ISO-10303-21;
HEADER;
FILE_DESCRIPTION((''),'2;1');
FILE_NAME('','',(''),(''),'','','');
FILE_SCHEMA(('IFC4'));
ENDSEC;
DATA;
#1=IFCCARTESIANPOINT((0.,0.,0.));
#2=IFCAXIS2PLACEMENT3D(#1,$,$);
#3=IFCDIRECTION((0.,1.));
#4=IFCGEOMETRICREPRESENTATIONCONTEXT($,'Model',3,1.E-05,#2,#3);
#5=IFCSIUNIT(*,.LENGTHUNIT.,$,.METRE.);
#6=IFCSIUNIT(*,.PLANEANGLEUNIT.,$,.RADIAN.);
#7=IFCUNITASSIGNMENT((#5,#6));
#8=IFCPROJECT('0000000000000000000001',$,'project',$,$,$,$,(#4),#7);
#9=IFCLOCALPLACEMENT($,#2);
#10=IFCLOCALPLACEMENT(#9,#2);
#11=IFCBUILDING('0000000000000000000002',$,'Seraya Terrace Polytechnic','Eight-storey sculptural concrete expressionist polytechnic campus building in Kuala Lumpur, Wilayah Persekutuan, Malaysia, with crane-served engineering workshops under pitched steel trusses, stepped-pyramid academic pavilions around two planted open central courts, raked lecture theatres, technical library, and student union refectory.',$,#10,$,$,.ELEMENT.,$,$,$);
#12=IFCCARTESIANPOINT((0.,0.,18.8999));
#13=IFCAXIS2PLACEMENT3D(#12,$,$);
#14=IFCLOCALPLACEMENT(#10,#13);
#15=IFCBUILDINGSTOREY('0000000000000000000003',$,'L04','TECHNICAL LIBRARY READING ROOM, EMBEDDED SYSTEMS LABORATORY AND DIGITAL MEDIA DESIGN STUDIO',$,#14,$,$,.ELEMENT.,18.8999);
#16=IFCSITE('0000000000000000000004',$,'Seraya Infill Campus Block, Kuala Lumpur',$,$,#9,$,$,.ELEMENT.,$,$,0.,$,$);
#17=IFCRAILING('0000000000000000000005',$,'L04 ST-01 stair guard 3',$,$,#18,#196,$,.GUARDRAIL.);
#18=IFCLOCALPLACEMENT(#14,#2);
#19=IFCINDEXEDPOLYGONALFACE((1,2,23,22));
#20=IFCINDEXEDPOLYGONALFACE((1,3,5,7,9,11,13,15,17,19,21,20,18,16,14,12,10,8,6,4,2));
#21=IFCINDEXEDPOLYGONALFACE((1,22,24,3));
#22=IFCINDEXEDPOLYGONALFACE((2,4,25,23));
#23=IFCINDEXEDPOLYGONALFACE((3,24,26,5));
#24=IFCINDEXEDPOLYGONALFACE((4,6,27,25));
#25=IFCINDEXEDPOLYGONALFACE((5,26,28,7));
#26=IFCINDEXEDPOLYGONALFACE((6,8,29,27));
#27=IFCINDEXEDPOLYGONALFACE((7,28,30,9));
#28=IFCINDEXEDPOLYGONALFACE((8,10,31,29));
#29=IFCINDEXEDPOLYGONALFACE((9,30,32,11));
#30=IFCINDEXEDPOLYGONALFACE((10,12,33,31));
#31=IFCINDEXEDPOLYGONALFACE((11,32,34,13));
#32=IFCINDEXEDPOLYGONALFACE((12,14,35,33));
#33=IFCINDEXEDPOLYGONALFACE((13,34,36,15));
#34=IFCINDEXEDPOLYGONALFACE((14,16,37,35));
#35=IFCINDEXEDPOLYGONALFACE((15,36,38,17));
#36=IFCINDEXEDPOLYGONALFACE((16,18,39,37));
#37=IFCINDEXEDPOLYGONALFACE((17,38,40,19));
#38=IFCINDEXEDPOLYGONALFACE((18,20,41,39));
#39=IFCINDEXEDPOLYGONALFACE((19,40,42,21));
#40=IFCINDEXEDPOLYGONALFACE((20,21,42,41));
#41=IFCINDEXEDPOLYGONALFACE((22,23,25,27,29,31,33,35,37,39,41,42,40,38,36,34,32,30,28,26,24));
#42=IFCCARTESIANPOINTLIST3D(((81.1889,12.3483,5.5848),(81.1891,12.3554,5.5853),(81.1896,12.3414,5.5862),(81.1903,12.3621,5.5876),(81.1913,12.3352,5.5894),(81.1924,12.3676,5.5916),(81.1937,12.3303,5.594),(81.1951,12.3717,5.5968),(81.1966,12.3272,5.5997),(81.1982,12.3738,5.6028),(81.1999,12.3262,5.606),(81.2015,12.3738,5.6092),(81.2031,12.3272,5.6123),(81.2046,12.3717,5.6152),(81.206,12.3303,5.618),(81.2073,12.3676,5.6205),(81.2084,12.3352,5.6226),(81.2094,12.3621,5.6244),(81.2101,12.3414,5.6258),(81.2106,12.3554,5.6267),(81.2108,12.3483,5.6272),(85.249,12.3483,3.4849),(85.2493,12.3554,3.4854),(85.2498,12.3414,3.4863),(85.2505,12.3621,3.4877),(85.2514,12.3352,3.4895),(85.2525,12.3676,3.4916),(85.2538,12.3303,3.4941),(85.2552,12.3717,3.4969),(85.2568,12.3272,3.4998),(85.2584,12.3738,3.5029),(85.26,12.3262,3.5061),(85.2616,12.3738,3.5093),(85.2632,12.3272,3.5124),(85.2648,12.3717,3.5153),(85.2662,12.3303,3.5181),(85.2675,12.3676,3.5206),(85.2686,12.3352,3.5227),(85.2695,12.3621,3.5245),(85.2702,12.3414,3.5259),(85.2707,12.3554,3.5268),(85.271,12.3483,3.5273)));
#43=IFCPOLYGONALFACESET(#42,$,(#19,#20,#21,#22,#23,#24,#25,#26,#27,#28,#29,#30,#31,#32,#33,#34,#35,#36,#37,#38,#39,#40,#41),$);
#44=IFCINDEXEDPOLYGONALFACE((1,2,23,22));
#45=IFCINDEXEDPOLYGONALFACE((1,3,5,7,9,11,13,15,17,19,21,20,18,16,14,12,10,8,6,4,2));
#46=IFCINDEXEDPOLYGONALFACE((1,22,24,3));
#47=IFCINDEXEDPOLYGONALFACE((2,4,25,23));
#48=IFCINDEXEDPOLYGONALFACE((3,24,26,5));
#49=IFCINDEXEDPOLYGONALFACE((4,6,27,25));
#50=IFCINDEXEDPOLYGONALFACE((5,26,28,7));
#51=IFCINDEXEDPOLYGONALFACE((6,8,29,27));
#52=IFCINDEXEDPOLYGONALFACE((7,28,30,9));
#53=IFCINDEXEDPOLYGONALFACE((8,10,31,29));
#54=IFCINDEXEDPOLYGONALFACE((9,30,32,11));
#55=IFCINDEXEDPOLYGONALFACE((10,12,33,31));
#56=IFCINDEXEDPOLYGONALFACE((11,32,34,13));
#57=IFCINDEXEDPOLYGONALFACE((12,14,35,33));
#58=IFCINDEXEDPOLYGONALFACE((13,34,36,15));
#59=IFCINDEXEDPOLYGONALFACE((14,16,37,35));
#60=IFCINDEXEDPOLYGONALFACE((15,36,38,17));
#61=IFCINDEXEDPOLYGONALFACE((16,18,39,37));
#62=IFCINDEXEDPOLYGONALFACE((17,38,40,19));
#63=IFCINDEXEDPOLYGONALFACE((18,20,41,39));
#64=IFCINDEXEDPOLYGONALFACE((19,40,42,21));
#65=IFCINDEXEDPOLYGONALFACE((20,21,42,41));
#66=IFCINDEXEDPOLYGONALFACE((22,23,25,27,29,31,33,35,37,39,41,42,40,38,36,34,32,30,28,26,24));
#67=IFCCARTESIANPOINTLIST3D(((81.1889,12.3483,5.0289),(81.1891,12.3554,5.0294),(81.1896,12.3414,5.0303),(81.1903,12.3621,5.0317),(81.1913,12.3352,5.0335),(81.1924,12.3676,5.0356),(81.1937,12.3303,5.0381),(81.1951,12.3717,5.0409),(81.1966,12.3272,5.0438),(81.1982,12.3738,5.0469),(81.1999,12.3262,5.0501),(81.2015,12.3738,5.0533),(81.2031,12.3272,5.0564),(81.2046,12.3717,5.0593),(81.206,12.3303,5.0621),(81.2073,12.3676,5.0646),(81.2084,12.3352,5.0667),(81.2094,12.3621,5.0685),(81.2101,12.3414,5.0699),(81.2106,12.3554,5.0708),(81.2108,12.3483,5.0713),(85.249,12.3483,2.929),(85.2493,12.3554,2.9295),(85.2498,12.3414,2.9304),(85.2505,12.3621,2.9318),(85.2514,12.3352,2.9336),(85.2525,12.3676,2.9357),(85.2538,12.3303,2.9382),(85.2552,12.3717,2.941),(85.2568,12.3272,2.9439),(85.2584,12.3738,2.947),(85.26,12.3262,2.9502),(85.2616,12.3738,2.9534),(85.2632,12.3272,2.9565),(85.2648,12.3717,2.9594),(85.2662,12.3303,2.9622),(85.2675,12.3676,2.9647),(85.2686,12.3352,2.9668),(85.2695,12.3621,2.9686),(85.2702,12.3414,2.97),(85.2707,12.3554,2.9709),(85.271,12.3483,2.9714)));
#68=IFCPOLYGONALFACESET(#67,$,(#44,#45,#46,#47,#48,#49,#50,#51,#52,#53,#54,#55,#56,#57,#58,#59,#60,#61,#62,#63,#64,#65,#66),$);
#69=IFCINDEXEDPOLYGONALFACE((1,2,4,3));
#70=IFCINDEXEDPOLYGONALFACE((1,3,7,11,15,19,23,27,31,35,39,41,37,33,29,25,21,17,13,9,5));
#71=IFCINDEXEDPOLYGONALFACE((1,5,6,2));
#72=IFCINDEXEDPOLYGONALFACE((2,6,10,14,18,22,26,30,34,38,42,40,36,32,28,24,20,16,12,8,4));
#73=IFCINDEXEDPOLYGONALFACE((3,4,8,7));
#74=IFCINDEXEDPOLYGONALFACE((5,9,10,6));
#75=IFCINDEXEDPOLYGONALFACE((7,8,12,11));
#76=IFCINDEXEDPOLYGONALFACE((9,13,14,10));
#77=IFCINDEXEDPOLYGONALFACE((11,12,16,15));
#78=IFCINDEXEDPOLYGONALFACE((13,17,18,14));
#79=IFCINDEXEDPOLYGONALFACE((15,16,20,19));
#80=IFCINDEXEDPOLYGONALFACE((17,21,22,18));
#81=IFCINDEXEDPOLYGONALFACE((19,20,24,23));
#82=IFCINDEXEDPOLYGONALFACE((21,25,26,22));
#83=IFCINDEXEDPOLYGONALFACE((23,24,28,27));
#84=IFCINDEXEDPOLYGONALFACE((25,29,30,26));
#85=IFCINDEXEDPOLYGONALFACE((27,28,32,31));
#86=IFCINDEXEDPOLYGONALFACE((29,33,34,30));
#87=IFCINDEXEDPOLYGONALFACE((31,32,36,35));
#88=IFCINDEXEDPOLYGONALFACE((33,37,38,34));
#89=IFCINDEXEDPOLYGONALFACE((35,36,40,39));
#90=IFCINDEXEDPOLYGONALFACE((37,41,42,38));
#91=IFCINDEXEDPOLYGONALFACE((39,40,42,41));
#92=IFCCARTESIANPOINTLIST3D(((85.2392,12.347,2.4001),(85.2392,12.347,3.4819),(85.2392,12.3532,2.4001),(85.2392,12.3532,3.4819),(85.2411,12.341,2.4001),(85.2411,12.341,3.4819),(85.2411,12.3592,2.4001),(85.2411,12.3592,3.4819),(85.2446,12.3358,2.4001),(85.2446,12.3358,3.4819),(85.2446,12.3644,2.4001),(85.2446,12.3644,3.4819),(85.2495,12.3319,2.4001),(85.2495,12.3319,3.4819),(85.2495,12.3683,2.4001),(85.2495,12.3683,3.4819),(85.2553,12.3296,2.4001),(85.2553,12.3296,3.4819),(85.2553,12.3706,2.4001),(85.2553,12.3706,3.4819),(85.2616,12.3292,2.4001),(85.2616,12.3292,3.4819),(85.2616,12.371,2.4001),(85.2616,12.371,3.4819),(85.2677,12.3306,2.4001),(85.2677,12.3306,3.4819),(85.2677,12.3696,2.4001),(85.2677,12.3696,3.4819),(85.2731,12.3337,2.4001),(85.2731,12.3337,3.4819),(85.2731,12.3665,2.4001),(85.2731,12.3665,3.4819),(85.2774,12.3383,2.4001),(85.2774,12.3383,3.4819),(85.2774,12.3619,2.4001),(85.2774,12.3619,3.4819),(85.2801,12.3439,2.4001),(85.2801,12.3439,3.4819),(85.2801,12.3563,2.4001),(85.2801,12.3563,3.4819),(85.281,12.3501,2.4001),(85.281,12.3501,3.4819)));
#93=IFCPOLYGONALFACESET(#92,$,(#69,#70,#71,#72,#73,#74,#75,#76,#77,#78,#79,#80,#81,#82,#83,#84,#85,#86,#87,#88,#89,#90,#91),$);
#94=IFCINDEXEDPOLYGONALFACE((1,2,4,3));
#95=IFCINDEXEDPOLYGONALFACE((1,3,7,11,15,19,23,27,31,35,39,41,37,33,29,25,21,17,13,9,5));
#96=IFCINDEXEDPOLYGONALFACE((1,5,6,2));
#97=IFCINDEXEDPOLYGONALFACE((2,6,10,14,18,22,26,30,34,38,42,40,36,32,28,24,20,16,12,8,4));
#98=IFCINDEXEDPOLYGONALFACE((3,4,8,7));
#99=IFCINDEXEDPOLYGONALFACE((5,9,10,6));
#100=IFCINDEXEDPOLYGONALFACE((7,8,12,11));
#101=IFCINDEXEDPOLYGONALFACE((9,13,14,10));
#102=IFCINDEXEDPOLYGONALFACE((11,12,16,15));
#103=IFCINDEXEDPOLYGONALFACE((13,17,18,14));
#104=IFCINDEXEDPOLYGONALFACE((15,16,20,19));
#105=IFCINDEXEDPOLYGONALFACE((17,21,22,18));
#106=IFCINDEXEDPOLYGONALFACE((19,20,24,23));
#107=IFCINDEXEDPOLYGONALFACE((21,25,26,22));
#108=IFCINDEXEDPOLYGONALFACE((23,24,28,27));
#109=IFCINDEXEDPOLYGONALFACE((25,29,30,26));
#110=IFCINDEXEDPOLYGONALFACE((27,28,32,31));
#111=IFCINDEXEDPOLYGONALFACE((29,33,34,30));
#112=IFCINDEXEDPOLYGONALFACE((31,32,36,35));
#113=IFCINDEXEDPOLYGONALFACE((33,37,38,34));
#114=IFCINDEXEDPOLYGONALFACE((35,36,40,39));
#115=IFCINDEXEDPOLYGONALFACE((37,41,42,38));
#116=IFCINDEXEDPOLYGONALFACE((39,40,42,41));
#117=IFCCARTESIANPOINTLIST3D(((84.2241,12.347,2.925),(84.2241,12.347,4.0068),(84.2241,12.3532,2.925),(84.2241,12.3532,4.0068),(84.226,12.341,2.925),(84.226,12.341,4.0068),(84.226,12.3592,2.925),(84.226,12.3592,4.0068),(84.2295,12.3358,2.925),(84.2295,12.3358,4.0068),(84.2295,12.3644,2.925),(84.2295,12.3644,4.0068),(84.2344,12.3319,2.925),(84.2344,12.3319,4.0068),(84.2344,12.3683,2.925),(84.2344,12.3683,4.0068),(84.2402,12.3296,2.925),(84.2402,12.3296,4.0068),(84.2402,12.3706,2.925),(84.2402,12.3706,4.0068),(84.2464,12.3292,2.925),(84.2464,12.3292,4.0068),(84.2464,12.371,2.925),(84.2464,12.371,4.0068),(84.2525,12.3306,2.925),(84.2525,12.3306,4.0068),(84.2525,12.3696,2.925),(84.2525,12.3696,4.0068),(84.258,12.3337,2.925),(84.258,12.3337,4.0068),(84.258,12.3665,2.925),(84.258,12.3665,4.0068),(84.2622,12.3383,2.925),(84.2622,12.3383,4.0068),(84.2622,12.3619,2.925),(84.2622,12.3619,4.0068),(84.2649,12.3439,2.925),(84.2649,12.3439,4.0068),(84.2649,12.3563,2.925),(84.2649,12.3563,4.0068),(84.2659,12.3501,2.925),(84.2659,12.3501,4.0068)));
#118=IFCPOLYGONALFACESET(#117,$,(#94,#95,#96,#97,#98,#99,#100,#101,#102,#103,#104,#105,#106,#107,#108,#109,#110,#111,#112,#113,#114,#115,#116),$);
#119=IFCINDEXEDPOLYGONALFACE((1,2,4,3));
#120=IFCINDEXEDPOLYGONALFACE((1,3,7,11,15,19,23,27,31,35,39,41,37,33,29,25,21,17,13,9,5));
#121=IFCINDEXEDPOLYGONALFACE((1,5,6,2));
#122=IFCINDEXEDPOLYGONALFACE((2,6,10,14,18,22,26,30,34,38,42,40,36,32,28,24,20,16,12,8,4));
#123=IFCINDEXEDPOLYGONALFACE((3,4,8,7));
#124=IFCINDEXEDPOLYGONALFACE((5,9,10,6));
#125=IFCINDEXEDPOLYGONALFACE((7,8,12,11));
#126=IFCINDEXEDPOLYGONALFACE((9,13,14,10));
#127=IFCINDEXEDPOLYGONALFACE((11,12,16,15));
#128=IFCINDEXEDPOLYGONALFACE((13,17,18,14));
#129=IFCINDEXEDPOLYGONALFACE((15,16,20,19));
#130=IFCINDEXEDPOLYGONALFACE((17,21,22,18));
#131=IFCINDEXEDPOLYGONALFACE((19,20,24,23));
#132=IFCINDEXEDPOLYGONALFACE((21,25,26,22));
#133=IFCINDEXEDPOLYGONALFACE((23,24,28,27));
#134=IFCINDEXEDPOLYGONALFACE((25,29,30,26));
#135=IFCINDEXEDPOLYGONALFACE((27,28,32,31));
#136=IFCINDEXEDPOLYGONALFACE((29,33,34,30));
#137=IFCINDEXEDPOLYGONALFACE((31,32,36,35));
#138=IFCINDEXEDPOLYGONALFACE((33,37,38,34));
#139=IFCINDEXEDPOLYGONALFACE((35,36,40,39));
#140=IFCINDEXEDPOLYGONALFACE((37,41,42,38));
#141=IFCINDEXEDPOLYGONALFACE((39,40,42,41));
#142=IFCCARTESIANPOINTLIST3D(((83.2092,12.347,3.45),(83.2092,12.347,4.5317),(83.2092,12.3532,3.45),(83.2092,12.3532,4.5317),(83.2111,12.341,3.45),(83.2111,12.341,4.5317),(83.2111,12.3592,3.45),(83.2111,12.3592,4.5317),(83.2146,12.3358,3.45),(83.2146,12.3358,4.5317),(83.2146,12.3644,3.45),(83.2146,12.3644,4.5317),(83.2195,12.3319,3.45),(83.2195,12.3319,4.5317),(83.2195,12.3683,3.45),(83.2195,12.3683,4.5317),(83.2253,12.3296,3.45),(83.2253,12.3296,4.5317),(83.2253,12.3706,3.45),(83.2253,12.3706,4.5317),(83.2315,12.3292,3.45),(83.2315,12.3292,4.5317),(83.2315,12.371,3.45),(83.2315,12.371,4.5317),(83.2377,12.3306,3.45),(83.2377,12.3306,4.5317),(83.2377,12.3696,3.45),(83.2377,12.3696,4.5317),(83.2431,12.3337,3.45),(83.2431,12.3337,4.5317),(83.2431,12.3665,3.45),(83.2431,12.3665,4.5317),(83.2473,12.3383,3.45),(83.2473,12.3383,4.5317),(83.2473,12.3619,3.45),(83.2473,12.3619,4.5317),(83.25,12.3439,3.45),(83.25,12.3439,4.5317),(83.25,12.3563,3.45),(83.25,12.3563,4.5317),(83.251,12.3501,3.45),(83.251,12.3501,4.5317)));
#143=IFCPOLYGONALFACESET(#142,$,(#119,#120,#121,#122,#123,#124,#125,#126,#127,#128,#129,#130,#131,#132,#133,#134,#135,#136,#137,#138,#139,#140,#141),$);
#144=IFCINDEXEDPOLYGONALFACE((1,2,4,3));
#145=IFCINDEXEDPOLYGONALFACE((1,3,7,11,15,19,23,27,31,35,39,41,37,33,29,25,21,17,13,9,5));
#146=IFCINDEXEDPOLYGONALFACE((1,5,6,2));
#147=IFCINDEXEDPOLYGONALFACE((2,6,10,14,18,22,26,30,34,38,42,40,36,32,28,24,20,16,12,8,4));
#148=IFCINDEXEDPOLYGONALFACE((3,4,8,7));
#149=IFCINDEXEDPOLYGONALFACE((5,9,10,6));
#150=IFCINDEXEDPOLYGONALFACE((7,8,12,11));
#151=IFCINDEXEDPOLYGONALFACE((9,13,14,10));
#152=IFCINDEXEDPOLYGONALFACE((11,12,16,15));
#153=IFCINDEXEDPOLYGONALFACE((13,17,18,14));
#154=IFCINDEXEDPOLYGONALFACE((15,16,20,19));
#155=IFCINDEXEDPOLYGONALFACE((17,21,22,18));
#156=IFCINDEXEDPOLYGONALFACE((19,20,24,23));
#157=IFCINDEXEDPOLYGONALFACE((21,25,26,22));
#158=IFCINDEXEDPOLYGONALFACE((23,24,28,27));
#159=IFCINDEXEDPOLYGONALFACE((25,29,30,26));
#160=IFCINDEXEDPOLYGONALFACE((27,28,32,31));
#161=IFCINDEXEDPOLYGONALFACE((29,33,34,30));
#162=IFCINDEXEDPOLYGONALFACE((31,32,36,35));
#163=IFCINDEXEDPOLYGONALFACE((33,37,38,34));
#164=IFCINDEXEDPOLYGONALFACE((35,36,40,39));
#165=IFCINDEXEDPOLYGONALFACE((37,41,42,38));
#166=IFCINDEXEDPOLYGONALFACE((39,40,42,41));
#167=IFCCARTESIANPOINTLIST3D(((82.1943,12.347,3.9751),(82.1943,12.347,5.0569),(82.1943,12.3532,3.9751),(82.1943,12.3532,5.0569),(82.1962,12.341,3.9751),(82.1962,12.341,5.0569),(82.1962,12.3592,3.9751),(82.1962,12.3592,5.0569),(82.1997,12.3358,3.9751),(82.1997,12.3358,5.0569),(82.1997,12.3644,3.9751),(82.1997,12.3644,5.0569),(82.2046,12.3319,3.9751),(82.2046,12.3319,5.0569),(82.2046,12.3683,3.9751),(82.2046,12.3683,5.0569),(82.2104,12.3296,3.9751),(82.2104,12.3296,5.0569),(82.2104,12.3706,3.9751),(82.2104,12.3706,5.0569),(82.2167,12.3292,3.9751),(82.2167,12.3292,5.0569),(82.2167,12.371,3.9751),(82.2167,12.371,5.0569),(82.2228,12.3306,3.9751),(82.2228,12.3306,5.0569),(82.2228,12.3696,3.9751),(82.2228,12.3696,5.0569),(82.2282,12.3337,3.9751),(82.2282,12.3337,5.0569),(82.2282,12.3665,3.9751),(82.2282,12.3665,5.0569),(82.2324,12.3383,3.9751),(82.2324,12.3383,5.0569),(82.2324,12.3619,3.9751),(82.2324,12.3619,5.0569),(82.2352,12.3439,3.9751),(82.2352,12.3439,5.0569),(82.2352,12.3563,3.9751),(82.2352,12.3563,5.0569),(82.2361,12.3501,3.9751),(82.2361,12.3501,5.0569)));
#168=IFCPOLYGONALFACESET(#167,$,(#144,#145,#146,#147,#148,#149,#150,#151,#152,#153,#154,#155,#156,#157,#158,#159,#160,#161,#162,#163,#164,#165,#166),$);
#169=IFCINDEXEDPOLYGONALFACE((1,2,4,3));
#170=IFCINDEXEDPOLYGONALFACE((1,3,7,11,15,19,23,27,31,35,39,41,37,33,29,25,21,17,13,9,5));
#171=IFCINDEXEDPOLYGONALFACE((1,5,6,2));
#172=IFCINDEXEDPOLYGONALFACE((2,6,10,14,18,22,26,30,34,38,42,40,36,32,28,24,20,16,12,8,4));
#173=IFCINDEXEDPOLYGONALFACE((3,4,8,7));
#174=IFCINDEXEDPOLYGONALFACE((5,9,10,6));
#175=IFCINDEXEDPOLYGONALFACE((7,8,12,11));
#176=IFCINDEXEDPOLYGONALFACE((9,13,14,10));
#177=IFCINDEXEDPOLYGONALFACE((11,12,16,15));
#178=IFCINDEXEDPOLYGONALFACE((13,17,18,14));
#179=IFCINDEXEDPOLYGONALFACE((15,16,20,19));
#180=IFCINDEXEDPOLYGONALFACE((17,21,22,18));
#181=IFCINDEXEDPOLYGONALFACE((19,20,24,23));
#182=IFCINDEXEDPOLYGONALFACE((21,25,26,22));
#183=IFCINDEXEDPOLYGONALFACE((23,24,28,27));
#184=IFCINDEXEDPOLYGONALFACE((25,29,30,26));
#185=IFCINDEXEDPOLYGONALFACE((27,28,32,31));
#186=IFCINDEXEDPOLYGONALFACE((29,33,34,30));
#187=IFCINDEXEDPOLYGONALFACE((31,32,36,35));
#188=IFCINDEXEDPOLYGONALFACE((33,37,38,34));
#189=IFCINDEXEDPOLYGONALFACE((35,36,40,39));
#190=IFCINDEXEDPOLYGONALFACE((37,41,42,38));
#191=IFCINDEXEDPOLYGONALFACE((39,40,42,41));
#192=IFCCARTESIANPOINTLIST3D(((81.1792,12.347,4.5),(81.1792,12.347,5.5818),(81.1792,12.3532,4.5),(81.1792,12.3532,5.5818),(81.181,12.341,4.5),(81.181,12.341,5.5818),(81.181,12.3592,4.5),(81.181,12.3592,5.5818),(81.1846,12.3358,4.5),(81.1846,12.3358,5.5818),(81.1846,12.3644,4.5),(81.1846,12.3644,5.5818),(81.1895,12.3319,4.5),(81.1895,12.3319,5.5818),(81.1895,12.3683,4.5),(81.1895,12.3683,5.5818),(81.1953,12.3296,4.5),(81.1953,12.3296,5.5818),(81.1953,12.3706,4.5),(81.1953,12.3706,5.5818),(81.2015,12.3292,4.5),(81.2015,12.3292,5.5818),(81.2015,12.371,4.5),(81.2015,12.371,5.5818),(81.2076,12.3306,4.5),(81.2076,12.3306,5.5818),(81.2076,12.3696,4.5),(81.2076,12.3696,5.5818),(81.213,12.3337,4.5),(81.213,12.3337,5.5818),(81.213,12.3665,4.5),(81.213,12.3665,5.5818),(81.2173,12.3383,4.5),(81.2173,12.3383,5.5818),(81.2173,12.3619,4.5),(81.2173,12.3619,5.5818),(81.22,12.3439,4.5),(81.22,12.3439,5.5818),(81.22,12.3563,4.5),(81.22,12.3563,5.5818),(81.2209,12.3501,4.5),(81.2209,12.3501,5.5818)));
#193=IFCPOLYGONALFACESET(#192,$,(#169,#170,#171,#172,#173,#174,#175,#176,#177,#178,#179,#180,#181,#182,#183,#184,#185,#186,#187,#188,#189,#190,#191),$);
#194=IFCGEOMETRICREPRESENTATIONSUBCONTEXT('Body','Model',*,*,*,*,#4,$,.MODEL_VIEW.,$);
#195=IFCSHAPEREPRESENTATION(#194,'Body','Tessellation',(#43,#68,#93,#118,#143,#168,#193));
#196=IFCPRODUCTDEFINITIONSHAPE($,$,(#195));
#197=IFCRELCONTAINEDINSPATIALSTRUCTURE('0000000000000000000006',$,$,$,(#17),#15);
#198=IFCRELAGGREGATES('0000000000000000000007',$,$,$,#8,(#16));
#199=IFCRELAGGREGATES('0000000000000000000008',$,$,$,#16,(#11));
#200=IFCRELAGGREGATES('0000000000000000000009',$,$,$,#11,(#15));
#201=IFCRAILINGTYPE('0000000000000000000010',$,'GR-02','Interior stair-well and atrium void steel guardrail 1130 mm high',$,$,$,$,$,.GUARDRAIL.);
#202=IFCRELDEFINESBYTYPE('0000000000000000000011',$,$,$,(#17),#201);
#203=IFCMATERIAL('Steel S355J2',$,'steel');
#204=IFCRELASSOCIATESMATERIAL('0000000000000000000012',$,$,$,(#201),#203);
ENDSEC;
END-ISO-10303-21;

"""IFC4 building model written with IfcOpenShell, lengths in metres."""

from ifc_helpers import new_model, si_unit, direction, frame, origin, origin_2d, place, context, subcontext, project, spatial, circle, extrude, material, type_object, element, save


model = new_model("IFC4")

# Units and contexts
model_context = context("Model", 3, precision=1e-05, world=origin(), true_north=direction((0.0, 1.0)))
body_context = subcontext(model_context, "Body", "Model", "MODEL_VIEW")
ifc_project = project(units=[si_unit("LENGTHUNIT", "METRE"), si_unit("PLANEANGLEUNIT", "RADIAN")], contexts=[model_context])

# Site, building, storey
site_placement = place(None, origin())
site = spatial("IfcSite", under=ifc_project, at=site_placement, Name="Seraya Infill Campus Block, Kuala Lumpur", CompositionType="ELEMENT", RefElevation=0.0)
building_placement = place(site_placement, origin())
building = spatial("IfcBuilding", under=site, at=building_placement, Name="Seraya Terrace Polytechnic", Description="Eight-storey sculptural concrete expressionist polytechnic campus building in Kuala Lumpur, Wilayah Persekutuan, Malaysia, with crane-served engineering workshops under pitched steel trusses, stepped-pyramid academic pavilions around two planted open central courts, raked lecture theatres, technical library, and student union refectory.", CompositionType="ELEMENT")
storey_placement = place(building_placement, frame((0.0, 0.0, 18.8999)))
storey = spatial("IfcBuildingStorey", under=building, at=storey_placement, Name="L04", Description="TECHNICAL LIBRARY READING ROOM, EMBEDDED SYSTEMS LABORATORY AND DIGITAL MEDIA DESIGN STUDIO", CompositionType="ELEMENT", Elevation=18.8999)

# Railing
ifc_material_1 = material(Name="Steel S355J2", Category="steel")
railing_type_1 = type_object("IfcRailingType", Name="GR-02", Description="Interior stair-well and atrium void steel guardrail 1130 mm high", PredefinedType="GUARDRAIL", material=ifc_material_1)
railing_1_placement = place(storey_placement, frame((85.26, 12.3501, 2.4001)))
element("IfcRailing", 1, at=railing_1_placement, inside=storey, type_object=railing_type_1, Name="L04 ST-01 stair guard 3", PredefinedType="GUARDRAIL", context=body_context, shape_type="SweptSolid", body=[
    extrude(circle(Radius=0.0239, at=origin_2d()), frame((0.0, 0.0, 1.106), z_axis=(-0.888233, 0.0, 0.459392), x_axis=(0.0, -1.0, 0.0)), (0.0, 0.0, 1.0), 4.571),
    extrude(circle(Radius=0.0239, at=origin_2d()), frame((0.0, 0.0, 0.55), z_axis=(-0.888233, 0.0, 0.459392), x_axis=(0.0, -1.0, 0.0)), (0.0, 0.0, 1.0), 4.571),
    extrude(circle(Radius=0.021, at=origin_2d()), origin(), (0.0, 0.0, 1.0), 1.0818),
    extrude(circle(Radius=0.021, at=origin_2d()), frame((-1.0151, 0.0, 0.5249)), (0.0, 0.0, 1.0), 1.0818),
    extrude(circle(Radius=0.021, at=origin_2d()), frame((-2.03, 0.0, 1.0498)), (0.0, 0.0, 1.0), 1.0818),
    extrude(circle(Radius=0.021, at=origin_2d()), frame((-3.0449, 0.0, 1.575)), (0.0, 0.0, 1.0), 1.0818),
    extrude(circle(Radius=0.021, at=origin_2d()), frame((-4.0601, 0.0, 2.0999)), (0.0, 0.0, 1.0), 1.0818),
])

save(model, "model.ifc")
